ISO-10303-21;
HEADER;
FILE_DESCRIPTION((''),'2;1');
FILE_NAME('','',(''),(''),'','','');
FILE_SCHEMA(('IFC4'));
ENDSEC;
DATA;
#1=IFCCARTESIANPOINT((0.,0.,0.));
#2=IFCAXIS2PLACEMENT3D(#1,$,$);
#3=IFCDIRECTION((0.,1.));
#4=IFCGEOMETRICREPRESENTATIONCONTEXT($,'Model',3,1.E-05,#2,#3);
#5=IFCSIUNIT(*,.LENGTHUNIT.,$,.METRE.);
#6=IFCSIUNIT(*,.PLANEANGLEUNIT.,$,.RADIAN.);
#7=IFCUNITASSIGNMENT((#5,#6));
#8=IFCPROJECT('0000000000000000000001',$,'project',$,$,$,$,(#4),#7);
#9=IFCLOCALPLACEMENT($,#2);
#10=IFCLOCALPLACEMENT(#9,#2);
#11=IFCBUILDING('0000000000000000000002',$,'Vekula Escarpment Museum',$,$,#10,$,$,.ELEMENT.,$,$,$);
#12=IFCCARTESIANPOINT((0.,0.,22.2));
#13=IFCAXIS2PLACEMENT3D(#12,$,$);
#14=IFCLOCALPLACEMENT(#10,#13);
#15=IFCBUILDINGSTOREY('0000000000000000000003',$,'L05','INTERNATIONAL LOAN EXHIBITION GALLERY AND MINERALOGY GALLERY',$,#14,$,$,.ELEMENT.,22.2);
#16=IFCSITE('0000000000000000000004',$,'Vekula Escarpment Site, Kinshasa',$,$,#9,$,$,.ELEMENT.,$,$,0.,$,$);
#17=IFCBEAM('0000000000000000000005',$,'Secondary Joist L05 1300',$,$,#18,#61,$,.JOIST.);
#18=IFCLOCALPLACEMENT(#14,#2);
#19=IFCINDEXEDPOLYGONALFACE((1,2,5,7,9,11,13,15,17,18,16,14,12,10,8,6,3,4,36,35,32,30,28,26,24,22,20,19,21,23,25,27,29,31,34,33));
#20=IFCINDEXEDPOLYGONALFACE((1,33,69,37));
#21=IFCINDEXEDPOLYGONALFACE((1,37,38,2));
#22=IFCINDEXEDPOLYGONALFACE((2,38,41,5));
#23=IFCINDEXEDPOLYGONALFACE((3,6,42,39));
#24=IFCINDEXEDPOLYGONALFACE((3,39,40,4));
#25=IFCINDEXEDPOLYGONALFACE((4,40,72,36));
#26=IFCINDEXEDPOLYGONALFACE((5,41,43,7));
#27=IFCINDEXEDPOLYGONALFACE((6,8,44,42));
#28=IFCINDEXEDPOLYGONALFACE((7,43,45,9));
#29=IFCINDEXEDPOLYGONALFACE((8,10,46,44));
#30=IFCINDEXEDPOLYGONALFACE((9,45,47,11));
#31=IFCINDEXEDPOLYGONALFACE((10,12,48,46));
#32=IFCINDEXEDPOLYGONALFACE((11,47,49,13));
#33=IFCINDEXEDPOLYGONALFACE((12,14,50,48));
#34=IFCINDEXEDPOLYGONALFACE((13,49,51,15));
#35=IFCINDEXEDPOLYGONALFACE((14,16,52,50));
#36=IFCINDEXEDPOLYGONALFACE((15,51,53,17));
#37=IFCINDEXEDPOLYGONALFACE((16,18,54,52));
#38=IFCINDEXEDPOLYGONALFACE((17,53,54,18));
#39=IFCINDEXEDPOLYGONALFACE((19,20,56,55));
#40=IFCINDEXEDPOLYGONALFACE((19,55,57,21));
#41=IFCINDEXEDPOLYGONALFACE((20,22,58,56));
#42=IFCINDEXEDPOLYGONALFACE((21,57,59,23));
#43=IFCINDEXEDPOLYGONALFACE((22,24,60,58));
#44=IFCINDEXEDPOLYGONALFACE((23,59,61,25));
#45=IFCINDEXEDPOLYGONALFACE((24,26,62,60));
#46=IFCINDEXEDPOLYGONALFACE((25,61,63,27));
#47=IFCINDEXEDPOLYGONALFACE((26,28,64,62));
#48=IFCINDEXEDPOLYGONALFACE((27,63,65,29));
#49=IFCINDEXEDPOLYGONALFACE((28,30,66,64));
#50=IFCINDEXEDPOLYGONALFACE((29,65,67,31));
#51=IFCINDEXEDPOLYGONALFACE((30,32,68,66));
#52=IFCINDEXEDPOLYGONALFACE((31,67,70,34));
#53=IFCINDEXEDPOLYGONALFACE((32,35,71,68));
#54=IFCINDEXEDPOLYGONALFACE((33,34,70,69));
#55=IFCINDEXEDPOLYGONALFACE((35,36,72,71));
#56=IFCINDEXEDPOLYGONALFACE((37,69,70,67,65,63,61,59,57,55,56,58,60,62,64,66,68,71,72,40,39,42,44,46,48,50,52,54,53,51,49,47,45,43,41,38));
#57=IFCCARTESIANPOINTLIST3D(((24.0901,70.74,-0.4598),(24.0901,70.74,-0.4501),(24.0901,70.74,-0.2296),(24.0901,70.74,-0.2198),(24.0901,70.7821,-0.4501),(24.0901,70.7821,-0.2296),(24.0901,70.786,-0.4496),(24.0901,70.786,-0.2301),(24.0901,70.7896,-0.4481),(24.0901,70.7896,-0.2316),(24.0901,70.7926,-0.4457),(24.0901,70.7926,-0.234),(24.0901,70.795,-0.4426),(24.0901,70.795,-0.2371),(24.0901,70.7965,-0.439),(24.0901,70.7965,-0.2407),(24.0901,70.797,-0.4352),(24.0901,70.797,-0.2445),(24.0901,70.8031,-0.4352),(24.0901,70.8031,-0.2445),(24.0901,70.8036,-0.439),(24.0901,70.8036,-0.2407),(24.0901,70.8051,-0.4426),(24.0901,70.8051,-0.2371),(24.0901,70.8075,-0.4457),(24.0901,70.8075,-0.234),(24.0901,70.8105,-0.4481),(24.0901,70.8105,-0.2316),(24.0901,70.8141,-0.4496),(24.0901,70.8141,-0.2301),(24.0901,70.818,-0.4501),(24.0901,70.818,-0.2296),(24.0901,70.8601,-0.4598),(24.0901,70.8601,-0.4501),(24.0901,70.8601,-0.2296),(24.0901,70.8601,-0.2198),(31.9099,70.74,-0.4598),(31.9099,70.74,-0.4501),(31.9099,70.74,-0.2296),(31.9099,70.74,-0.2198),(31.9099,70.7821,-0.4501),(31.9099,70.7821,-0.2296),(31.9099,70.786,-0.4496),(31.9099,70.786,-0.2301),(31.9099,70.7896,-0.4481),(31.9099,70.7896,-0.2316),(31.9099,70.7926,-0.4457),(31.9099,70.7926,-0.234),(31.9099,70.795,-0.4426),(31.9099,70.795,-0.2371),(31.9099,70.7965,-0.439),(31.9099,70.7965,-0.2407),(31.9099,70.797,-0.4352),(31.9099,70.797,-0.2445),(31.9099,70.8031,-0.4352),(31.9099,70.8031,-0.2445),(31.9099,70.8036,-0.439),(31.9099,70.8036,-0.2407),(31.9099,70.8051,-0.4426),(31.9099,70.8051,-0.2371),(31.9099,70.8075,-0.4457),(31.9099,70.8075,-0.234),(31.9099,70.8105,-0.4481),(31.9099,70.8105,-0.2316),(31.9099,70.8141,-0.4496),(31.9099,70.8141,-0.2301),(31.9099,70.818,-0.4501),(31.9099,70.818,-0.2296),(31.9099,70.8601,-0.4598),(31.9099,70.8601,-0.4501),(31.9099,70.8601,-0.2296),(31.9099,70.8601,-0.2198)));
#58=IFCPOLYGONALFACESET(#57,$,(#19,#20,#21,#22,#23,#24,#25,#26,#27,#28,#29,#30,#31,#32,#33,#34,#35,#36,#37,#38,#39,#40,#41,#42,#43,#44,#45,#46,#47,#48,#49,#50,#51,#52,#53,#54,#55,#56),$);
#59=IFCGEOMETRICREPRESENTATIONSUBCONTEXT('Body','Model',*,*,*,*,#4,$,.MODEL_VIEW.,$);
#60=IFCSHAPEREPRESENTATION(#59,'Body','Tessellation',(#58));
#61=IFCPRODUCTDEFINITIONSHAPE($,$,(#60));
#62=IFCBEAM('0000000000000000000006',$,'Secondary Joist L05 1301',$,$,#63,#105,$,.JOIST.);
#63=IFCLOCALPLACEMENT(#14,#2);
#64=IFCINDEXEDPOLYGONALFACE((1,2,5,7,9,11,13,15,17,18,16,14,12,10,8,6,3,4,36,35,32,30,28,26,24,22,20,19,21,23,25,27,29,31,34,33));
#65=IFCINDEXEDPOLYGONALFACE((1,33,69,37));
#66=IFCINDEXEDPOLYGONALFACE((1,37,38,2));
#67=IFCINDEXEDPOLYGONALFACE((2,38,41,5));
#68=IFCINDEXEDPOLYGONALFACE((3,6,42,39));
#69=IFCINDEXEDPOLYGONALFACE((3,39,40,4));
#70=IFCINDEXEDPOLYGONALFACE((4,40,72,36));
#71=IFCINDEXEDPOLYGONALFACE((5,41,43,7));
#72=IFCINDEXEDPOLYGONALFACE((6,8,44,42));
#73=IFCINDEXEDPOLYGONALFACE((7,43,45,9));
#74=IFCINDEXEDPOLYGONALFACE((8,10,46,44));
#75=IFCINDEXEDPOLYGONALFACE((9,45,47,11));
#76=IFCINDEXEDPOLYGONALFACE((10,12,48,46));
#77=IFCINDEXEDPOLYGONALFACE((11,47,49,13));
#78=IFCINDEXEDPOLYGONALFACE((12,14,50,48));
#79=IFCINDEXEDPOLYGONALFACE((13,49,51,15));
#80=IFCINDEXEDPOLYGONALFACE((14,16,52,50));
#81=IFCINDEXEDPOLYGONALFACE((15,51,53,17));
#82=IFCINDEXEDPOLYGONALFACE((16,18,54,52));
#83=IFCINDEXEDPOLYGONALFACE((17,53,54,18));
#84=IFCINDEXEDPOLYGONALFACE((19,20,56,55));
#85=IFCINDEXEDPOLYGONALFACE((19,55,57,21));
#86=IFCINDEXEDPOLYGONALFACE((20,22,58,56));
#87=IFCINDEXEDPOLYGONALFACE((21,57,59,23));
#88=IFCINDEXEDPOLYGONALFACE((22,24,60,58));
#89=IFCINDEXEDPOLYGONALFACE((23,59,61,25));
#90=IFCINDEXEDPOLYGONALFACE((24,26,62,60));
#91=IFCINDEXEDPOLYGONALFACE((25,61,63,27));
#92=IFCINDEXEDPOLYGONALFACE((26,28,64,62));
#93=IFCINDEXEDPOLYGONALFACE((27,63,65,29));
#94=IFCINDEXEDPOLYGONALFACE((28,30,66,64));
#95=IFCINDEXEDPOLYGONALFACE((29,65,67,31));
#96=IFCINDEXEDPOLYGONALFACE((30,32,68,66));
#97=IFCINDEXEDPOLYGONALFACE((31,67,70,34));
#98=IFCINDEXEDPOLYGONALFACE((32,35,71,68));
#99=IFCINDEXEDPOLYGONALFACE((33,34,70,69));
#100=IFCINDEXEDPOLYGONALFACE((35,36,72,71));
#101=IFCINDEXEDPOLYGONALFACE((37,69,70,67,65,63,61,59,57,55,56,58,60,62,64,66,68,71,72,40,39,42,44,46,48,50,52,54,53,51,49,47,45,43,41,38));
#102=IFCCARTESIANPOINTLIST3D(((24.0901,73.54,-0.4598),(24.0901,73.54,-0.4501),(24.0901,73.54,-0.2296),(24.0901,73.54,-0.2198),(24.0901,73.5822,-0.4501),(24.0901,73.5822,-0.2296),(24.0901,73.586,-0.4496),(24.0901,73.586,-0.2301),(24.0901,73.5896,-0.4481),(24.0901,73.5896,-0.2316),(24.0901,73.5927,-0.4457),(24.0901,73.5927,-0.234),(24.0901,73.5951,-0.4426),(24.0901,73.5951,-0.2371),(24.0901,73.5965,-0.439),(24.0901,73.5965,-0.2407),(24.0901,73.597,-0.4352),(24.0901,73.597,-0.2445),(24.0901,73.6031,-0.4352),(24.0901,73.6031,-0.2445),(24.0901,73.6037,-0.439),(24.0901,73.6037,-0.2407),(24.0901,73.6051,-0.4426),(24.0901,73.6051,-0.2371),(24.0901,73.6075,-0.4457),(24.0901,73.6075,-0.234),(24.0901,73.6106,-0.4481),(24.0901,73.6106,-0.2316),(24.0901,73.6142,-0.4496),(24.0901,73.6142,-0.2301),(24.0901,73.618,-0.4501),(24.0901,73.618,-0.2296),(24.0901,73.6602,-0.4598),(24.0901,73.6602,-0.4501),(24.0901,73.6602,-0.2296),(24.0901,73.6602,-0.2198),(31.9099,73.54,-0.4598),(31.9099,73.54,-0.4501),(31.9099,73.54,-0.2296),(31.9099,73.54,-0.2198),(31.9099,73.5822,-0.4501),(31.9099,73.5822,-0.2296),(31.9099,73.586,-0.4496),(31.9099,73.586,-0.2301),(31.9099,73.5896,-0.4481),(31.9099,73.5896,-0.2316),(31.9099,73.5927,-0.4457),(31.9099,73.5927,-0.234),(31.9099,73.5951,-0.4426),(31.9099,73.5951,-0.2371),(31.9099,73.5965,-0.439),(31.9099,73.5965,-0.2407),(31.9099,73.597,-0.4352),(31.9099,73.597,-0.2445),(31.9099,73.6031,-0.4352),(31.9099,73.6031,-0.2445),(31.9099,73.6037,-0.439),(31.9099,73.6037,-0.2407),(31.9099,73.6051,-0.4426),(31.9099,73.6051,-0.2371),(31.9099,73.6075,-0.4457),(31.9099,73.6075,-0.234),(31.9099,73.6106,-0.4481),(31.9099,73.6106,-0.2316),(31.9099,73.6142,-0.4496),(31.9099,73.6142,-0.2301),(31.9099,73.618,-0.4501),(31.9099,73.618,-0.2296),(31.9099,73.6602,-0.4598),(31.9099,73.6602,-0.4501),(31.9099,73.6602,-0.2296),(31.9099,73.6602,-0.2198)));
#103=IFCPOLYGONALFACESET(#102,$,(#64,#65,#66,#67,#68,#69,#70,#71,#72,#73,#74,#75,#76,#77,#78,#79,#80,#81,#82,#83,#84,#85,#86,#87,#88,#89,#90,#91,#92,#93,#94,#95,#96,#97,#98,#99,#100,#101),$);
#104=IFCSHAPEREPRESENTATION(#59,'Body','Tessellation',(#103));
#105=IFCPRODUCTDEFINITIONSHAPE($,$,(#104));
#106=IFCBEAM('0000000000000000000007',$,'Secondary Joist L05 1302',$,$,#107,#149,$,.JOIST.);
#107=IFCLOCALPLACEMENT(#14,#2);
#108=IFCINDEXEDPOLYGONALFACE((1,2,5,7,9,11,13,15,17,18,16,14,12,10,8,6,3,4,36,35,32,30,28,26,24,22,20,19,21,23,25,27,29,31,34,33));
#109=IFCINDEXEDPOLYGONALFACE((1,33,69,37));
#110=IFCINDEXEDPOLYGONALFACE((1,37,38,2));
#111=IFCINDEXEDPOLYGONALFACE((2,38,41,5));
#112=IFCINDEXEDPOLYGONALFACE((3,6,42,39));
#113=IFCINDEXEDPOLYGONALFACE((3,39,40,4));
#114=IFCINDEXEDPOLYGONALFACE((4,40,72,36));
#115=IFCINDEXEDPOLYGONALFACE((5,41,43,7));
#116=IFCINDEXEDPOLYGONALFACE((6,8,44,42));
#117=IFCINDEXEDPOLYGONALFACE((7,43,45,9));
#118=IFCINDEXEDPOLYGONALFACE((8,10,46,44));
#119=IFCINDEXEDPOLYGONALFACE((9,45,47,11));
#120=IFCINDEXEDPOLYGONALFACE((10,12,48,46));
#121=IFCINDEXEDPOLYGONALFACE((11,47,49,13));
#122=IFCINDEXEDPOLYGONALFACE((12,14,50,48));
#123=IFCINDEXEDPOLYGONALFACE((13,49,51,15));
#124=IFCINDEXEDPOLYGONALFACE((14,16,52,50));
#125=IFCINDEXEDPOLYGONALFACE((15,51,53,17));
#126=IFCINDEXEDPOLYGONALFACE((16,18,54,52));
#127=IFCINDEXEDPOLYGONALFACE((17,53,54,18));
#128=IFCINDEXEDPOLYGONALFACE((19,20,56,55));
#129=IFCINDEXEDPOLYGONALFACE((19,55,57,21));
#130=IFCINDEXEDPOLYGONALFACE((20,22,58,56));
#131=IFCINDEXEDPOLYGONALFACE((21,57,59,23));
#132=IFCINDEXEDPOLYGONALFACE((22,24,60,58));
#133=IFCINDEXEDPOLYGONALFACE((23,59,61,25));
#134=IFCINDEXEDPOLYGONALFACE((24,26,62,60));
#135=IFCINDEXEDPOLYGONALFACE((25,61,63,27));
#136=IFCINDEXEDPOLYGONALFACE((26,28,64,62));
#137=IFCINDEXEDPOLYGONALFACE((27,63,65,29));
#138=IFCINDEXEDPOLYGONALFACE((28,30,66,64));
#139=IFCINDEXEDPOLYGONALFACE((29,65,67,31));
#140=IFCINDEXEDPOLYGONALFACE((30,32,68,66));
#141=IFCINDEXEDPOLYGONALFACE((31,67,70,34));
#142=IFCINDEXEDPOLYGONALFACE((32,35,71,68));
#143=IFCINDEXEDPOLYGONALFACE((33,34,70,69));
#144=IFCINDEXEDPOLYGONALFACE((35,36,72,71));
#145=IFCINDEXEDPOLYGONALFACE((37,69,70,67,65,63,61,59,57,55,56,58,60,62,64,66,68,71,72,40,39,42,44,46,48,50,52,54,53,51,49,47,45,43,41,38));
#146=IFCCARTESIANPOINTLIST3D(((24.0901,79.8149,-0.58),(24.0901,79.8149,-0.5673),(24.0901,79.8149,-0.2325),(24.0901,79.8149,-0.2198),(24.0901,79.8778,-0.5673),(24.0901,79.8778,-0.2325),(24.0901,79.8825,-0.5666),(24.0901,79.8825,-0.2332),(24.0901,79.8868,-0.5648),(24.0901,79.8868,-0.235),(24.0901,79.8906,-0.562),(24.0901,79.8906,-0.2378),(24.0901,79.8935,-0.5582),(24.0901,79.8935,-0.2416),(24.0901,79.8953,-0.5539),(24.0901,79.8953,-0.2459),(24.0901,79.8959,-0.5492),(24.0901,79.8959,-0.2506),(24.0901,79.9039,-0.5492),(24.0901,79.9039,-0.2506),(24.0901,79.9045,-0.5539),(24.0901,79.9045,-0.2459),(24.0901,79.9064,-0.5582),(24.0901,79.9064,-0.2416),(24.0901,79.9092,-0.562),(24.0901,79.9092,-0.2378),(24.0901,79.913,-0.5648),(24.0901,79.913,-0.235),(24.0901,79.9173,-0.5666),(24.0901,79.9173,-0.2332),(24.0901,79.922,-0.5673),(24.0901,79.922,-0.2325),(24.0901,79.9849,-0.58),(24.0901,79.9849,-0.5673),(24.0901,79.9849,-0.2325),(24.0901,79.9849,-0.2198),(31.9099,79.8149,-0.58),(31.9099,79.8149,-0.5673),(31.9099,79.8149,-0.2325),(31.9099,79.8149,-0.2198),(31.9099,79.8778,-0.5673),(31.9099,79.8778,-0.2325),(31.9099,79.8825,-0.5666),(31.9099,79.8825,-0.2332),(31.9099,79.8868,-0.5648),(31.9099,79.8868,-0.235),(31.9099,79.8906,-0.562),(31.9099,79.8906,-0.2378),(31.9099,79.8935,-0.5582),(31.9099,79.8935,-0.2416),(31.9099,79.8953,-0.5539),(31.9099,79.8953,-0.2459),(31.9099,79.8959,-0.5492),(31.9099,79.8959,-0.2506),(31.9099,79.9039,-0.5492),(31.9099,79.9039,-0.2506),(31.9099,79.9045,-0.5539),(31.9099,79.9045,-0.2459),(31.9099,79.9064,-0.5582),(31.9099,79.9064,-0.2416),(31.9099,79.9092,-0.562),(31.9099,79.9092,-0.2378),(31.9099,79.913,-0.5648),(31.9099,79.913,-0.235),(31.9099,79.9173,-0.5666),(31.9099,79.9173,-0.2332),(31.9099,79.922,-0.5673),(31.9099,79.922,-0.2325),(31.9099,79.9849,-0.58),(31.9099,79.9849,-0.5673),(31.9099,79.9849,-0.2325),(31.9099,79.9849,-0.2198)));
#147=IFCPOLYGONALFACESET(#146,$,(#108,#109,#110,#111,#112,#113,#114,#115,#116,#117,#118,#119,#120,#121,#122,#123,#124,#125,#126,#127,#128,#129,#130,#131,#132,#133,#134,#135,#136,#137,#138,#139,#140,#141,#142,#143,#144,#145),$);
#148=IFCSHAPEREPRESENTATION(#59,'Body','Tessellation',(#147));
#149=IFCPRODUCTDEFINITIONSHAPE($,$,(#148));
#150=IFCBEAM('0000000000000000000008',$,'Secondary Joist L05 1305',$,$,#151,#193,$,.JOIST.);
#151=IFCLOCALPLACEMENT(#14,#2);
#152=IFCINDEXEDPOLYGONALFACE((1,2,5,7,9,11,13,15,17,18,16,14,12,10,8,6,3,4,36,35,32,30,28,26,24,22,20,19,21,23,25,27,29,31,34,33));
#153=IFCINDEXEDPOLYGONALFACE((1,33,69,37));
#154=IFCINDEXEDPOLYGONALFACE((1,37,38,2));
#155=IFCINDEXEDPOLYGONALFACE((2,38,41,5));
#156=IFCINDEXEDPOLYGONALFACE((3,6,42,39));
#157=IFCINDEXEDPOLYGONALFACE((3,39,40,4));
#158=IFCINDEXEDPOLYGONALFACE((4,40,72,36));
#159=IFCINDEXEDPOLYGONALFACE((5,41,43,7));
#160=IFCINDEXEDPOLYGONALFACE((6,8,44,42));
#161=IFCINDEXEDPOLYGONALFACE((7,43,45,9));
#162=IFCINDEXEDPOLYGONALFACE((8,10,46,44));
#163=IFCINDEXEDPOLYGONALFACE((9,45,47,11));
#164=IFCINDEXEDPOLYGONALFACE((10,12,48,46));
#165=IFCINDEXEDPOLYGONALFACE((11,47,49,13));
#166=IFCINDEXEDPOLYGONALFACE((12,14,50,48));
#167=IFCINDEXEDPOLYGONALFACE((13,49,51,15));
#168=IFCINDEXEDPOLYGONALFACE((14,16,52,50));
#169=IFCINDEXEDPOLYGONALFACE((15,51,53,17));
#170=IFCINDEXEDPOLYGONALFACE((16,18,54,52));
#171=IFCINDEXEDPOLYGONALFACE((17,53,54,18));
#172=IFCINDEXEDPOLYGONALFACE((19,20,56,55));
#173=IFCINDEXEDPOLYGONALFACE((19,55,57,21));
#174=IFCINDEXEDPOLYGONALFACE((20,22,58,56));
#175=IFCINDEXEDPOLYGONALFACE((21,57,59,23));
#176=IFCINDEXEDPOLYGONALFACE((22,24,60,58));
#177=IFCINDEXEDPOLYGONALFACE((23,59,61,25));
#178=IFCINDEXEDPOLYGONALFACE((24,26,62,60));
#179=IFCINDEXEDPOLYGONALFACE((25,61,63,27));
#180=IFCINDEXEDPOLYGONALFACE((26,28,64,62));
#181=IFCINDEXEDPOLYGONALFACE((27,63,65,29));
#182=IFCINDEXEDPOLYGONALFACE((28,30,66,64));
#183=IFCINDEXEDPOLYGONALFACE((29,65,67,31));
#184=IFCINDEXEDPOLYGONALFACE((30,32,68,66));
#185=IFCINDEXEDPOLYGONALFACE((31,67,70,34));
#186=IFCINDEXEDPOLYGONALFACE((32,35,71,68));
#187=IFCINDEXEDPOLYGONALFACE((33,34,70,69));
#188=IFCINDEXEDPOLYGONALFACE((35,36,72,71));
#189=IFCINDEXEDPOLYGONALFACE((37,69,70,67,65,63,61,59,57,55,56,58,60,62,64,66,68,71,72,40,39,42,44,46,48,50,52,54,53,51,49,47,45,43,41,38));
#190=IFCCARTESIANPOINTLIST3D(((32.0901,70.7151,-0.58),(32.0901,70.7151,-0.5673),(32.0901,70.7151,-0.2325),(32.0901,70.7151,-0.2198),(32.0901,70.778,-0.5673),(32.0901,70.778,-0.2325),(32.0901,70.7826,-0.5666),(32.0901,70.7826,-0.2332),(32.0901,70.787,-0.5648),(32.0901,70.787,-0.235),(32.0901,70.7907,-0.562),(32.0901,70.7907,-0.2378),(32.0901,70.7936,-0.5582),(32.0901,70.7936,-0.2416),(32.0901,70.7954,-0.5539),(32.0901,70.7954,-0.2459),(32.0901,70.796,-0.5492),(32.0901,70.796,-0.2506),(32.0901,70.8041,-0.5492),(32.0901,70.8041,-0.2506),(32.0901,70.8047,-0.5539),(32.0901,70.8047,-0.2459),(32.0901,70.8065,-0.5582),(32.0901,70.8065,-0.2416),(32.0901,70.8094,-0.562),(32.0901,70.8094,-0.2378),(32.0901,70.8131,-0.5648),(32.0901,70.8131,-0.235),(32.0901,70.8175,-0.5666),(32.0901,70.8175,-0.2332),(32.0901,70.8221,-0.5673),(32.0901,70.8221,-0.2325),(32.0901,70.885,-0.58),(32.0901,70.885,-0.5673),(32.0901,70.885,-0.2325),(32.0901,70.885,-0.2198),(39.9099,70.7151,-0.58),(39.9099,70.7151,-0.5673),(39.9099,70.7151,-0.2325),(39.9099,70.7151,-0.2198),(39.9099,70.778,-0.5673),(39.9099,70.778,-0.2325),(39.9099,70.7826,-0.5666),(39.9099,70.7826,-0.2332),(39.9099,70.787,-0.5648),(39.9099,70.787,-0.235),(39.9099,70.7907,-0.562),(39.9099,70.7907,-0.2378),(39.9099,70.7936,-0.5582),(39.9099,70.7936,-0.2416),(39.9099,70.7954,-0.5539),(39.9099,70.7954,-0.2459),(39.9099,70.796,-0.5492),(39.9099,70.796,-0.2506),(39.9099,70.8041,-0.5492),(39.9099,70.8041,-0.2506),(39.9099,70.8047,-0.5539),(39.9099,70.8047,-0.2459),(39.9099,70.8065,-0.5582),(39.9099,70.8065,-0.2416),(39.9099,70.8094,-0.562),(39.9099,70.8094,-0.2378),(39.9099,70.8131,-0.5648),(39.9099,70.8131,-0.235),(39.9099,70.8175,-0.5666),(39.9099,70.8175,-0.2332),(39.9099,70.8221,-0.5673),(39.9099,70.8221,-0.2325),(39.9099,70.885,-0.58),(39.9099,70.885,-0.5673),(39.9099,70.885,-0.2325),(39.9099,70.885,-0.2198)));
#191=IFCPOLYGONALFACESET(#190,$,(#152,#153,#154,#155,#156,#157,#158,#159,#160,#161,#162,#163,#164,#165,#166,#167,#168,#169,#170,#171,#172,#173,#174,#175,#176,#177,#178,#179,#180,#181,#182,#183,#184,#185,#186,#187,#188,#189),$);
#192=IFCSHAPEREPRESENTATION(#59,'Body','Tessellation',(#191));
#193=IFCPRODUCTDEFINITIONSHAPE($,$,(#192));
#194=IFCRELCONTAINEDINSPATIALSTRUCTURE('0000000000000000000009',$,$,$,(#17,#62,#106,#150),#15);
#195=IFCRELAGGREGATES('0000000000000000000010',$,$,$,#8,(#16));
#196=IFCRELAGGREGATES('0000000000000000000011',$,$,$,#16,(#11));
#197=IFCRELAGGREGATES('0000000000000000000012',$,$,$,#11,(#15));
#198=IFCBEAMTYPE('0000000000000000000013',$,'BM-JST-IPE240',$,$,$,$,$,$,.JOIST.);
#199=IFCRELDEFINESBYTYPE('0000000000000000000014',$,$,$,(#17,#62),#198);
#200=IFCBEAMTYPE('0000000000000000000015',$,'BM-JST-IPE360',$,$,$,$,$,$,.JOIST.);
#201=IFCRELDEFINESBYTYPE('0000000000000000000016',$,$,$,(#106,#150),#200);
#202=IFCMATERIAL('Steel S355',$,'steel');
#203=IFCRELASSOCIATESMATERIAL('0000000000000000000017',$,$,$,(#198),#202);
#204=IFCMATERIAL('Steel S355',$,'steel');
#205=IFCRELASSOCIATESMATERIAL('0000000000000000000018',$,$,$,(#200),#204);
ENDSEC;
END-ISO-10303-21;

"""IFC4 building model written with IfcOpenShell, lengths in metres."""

from ifc_helpers import new_model, si_unit, direction, frame, origin, origin_2d, place, context, subcontext, project, spatial, i_section, extrude, material, material_profile, profile_set, type_object, element, save


model = new_model("IFC4")

# Units and contexts
model_context = context("Model", 3, precision=1e-05, world=origin(), true_north=direction((0.0, 1.0)))
body_context = subcontext(model_context, "Body", "Model", "MODEL_VIEW")
ifc_project = project(units=[si_unit("LENGTHUNIT", "METRE"), si_unit("PLANEANGLEUNIT", "RADIAN")], contexts=[model_context])

# Site, building, storey
site_placement = place(None, origin())
site = spatial("IfcSite", under=ifc_project, at=site_placement, Name="Vekula Escarpment Site, Kinshasa", CompositionType="ELEMENT", RefElevation=0.0)
building_placement = place(site_placement, origin())
building = spatial("IfcBuilding", under=site, at=building_placement, Name="Vekula Escarpment Museum", CompositionType="ELEMENT")
storey_placement = place(building_placement, frame((0.0, 0.0, 22.2)))
storey = spatial("IfcBuildingStorey", under=building, at=storey_placement, Name="L05", Description="INTERNATIONAL LOAN EXHIBITION GALLERY AND MINERALOGY GALLERY", CompositionType="ELEMENT", Elevation=22.2)

# Beams
ifc_material_1 = material(Name="Steel S355", Category="steel")
ifc_material_profile_1 = material_profile(ifc_material_1, i_section(OverallWidth=0.1201, OverallDepth=0.24, WebThickness=0.0061, FlangeThickness=0.0098, FilletRadius=0.0149, at=origin_2d()), Name="IPE 240")
ifc_profile_set_1 = profile_set([ifc_material_profile_1], Name="Steel S355")
beam_type_1 = type_object("IfcBeamType", Name="BM-JST-IPE240", PredefinedType="JOIST", material=ifc_profile_set_1)
for number, where, z_axis, x_axis, name in (
    (1, (24.0901, 70.8, -0.3398), (1.0, 0.0, 0.0), (0.0, 1.0, 0.0), "Secondary Joist L05 1300"),
    (2, (24.0901, 73.6001, -0.3398), (1.0, 0.0, 0.0), (0.0, 1.0, 0.0), "Secondary Joist L05 1301"),
):
    element("IfcBeam", number, at=place(storey_placement, frame(where, z_axis=z_axis, x_axis=x_axis)), inside=storey, type_object=beam_type_1, Name=name, PredefinedType="JOIST", context=body_context, shape_type="SweptSolid", body=[
        extrude(i_section(OverallWidth=0.1201, OverallDepth=0.24, WebThickness=0.0061, FlangeThickness=0.0098, FilletRadius=0.0149, at=origin_2d()), origin(), (0.0, 0.0, 1.0), 7.8198),
    ])
ifc_material_2 = material(Name="Steel S355", Category="steel")
ifc_material_profile_2 = material_profile(ifc_material_2, i_section(OverallWidth=0.1699, OverallDepth=0.3601, WebThickness=0.0081, FlangeThickness=0.0127, FilletRadius=0.0181, at=origin_2d()), Name="IPE 360")
ifc_profile_set_2 = profile_set([ifc_material_profile_2], Name="Steel S355")
beam_type_2 = type_object("IfcBeamType", Name="BM-JST-IPE360", PredefinedType="JOIST", material=ifc_profile_set_2)
for number, where, z_axis, x_axis, name in (
    (3, (24.0901, 79.8999, -0.3999), (1.0, 0.0, 0.0), (0.0, 1.0, 0.0), "Secondary Joist L05 1302"),
    (4, (32.0901, 70.8, -0.3999), (1.0, 0.0, 0.0), (0.0, 1.0, 0.0), "Secondary Joist L05 1305"),
):
    element("IfcBeam", number, at=place(storey_placement, frame(where, z_axis=z_axis, x_axis=x_axis)), inside=storey, type_object=beam_type_2, Name=name, PredefinedType="JOIST", context=body_context, shape_type="SweptSolid", body=[
        extrude(i_section(OverallWidth=0.1699, OverallDepth=0.3601, WebThickness=0.0081, FlangeThickness=0.0127, FilletRadius=0.0181, at=origin_2d()), origin(), (0.0, 0.0, 1.0), 7.8198),
    ])

save(model, "model.ifc")
